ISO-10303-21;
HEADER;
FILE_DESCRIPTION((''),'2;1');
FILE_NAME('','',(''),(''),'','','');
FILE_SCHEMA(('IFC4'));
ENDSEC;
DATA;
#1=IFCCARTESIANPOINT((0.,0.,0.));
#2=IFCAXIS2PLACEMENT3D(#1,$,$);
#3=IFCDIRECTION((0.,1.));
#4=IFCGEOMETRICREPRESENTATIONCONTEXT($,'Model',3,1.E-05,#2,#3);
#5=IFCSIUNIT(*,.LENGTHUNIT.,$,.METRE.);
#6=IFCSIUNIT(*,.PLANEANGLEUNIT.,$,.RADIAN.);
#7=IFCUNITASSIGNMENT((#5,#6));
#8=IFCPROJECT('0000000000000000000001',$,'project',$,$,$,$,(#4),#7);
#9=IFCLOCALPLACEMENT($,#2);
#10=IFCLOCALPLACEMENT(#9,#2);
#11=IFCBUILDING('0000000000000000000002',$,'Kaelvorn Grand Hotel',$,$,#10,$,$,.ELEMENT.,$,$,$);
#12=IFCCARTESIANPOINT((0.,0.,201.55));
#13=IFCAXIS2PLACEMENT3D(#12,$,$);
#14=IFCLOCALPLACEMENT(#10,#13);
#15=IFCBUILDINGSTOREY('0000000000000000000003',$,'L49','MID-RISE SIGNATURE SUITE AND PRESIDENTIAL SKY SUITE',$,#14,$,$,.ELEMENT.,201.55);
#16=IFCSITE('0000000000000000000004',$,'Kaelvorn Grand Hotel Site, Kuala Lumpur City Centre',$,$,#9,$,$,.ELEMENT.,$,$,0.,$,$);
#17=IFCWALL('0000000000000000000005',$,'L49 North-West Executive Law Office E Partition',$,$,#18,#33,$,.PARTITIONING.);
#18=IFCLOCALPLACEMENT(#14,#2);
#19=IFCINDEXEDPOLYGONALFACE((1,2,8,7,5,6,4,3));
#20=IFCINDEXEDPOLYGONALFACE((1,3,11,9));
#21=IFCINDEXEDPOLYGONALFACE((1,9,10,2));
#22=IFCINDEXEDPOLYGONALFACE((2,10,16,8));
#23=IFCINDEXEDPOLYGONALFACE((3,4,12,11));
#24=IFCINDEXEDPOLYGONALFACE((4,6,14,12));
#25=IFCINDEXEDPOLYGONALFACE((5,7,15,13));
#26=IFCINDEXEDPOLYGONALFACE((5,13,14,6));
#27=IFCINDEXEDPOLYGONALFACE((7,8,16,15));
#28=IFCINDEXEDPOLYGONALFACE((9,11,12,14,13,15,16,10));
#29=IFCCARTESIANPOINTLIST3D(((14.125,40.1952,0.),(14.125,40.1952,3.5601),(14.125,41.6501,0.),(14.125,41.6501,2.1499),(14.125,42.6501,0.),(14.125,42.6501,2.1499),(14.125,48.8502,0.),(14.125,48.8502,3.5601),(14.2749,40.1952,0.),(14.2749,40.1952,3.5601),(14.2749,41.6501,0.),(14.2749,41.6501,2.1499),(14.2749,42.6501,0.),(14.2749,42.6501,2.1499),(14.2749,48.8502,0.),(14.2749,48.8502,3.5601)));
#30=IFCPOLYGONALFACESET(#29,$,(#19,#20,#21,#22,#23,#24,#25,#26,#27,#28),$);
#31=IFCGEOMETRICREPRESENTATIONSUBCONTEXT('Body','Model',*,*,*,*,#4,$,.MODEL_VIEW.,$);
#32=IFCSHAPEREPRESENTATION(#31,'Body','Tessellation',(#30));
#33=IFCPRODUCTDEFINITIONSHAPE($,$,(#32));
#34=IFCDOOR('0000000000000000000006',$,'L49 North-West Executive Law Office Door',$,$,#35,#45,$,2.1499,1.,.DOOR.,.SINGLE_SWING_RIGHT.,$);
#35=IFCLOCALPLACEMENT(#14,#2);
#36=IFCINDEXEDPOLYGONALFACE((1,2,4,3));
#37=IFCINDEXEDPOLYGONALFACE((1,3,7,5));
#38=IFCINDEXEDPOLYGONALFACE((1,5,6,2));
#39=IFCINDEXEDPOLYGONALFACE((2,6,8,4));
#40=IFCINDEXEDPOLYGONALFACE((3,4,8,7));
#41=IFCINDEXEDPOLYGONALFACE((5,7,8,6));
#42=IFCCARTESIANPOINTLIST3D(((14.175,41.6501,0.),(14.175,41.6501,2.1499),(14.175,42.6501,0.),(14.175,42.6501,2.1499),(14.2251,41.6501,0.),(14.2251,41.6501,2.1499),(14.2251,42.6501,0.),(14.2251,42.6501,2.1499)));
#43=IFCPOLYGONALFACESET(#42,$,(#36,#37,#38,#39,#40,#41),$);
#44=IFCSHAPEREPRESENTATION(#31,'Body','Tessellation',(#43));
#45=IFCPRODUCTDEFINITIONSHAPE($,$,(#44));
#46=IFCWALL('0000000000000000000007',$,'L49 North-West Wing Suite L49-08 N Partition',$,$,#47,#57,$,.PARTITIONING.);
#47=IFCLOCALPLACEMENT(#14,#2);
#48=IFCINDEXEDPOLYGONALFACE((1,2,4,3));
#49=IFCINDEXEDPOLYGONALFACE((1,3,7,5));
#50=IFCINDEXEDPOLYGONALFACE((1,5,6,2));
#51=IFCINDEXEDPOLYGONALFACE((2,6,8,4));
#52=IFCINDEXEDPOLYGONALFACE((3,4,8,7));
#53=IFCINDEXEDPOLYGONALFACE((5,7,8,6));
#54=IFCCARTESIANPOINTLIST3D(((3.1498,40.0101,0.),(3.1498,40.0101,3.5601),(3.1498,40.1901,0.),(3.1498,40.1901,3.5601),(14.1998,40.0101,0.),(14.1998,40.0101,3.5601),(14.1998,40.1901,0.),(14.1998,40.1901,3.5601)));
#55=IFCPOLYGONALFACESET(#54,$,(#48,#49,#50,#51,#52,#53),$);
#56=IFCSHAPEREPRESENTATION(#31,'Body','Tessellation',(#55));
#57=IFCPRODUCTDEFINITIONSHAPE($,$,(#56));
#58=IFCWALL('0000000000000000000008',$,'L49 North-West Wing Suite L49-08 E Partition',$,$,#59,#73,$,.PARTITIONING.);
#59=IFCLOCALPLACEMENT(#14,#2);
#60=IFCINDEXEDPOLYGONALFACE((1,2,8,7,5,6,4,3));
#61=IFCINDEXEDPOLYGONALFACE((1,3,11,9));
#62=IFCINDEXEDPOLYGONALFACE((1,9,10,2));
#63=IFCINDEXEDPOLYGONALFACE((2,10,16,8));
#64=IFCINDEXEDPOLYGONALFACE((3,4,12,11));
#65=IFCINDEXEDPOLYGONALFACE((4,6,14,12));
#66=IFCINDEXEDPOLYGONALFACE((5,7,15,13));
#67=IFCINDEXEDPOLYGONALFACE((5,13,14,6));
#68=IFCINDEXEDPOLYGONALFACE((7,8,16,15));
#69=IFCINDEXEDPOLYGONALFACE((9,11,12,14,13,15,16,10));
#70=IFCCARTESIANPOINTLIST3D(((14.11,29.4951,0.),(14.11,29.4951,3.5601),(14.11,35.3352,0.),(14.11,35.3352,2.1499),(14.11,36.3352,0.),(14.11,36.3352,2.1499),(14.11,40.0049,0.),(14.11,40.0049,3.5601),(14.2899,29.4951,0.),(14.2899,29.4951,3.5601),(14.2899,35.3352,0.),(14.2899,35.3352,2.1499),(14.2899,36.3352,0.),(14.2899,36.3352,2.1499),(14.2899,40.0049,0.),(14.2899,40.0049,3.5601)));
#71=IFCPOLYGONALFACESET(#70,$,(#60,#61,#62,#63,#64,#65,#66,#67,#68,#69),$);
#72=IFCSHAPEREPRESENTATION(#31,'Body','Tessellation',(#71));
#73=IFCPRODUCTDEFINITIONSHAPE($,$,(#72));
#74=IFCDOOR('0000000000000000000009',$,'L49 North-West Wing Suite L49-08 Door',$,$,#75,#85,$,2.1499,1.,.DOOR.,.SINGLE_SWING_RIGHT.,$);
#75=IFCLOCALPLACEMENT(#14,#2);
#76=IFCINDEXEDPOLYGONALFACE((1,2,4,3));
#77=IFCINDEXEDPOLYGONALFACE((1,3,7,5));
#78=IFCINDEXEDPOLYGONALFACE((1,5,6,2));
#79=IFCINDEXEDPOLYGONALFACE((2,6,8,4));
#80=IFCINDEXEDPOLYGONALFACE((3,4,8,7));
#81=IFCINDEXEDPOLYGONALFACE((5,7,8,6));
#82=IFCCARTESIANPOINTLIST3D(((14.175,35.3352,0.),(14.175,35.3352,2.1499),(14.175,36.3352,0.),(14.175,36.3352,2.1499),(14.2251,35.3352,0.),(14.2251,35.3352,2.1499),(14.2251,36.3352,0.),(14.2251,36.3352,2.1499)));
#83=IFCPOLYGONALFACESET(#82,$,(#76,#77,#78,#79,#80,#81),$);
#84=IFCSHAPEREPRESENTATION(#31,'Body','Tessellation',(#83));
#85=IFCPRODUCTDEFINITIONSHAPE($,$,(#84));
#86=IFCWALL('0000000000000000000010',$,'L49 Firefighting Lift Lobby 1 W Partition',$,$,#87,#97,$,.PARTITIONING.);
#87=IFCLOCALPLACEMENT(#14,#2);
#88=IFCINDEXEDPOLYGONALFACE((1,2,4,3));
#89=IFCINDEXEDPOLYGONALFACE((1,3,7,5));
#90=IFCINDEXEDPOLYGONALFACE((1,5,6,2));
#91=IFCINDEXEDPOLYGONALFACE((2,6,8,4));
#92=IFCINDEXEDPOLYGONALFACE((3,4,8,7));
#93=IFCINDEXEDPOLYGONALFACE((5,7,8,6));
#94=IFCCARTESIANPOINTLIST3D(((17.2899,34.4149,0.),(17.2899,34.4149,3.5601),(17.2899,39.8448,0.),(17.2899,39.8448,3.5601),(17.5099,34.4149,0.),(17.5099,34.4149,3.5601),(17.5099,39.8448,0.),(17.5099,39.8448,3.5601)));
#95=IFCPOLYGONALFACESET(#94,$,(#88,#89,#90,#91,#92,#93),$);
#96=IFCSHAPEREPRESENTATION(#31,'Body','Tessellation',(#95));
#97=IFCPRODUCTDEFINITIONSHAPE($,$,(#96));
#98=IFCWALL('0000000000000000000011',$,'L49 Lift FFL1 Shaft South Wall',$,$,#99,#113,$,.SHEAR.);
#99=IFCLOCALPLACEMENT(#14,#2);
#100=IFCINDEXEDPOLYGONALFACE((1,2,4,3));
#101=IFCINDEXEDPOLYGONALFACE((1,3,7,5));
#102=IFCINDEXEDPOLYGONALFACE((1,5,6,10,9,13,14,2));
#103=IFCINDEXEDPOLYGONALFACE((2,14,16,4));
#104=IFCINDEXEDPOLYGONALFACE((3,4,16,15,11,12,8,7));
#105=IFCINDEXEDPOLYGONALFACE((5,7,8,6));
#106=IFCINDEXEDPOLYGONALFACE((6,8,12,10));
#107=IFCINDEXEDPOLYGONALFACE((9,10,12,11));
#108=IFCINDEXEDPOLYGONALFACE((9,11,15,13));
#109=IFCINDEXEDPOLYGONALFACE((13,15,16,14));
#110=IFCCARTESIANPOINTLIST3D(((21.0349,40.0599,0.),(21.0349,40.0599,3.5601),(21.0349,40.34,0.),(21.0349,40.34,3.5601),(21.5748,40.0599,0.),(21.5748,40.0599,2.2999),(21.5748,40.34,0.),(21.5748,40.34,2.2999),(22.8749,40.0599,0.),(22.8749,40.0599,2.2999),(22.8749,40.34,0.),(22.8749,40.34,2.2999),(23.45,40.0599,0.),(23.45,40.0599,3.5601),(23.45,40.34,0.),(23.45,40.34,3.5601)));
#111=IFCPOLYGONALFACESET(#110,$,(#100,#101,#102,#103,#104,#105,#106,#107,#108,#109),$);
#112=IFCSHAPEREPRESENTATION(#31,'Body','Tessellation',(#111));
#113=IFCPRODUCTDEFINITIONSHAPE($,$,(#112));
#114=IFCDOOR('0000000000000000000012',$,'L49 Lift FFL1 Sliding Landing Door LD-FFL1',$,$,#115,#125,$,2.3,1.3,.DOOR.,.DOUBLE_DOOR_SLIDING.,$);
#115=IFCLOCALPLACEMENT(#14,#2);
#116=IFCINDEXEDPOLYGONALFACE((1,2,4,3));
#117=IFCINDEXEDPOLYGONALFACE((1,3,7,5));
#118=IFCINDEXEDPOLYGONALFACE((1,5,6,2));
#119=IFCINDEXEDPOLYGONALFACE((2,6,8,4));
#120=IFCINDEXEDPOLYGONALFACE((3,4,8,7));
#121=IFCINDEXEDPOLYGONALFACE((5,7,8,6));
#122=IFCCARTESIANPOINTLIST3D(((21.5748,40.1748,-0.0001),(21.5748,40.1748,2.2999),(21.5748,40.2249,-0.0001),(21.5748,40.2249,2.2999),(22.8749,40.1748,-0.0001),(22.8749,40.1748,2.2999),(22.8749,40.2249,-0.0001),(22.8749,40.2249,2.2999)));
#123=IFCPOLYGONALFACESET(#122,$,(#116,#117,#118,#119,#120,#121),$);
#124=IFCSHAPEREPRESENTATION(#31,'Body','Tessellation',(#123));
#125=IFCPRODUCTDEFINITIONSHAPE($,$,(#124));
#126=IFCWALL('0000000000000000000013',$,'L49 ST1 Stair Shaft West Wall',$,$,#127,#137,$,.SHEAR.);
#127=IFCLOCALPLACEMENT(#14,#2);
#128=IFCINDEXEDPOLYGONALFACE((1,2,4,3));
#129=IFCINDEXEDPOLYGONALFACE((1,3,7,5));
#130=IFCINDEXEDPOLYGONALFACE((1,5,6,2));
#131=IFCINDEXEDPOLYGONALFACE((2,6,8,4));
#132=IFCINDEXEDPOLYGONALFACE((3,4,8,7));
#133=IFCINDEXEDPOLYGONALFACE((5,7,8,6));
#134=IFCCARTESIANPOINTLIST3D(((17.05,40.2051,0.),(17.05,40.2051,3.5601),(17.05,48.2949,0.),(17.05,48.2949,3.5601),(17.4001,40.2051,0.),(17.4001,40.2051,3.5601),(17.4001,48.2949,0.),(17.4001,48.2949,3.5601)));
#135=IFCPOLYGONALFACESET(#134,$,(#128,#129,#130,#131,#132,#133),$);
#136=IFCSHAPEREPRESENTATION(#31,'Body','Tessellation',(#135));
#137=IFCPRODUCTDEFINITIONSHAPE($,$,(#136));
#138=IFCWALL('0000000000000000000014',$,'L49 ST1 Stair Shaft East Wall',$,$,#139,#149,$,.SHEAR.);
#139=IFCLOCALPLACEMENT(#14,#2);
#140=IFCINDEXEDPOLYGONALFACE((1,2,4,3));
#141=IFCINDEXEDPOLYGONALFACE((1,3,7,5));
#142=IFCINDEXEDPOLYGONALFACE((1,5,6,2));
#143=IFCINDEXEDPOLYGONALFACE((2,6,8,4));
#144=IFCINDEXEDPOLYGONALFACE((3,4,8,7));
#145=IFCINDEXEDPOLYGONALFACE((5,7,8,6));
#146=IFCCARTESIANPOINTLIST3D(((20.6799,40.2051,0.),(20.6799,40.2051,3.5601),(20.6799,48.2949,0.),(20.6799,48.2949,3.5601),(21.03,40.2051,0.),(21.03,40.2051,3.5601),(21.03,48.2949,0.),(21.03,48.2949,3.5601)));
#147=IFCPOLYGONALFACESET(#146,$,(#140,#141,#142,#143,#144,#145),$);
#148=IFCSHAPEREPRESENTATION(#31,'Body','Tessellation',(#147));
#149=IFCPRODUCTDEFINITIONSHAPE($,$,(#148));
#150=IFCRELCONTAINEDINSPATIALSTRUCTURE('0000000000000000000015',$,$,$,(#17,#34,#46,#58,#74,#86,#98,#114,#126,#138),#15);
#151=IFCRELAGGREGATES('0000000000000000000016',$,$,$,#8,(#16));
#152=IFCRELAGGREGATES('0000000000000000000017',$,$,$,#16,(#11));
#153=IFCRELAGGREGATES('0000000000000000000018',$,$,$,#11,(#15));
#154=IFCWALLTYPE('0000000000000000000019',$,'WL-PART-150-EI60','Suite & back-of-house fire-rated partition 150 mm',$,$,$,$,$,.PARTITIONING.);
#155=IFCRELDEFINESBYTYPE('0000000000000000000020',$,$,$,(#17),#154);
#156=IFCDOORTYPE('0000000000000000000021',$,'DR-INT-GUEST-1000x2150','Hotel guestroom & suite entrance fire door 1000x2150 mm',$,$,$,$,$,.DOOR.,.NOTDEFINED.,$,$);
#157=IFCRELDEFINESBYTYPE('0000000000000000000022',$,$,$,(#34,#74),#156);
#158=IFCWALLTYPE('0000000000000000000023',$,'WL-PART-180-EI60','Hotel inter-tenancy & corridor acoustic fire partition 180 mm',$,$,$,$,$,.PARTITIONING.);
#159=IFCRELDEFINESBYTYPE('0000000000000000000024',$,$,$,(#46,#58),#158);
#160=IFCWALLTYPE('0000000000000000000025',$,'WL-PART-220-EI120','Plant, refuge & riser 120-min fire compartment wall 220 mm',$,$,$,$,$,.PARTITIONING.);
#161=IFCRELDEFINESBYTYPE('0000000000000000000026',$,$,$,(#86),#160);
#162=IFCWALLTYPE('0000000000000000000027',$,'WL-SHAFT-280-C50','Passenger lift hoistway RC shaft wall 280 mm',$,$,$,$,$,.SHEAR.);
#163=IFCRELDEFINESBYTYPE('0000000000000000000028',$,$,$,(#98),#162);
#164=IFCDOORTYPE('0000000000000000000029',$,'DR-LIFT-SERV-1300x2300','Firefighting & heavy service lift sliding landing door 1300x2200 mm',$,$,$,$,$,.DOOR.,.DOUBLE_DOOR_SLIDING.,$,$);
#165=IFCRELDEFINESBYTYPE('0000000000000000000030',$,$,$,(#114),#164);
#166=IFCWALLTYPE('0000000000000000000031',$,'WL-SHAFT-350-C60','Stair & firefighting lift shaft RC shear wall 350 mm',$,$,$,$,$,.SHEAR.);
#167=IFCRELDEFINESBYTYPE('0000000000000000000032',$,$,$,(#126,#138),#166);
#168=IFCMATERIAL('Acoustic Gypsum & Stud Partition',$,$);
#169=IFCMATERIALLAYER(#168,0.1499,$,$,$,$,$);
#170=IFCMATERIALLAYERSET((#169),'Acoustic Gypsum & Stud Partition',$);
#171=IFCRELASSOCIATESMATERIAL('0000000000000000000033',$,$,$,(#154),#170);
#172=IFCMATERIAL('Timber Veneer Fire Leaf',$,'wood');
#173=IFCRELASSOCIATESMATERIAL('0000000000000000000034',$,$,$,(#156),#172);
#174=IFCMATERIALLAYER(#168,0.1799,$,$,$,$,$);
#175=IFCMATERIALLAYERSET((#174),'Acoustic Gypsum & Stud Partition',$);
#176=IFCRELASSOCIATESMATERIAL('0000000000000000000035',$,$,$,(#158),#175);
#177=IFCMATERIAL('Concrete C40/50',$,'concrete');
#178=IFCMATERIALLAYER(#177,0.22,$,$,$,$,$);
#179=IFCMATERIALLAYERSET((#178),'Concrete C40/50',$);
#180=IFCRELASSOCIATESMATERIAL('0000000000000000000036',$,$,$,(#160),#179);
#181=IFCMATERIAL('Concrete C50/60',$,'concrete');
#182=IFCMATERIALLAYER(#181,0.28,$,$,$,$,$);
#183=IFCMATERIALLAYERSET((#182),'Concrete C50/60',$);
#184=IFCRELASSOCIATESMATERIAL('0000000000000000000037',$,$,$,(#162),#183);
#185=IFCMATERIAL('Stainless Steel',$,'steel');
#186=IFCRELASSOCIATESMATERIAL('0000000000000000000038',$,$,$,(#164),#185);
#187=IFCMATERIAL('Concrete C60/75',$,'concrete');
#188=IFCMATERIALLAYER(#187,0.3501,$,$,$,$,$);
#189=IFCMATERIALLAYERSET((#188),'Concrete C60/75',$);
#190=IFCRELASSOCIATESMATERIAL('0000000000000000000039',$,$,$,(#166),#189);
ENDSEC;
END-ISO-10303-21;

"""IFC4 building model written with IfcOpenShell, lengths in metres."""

from ifc_helpers import new_model, si_unit, direction, frame, frame_2d, origin, place, context, subcontext, project, spatial, rectangle, extrude, material, layer, layer_set, type_object, element, fill, save


model = new_model("IFC4")

# Units and contexts
model_context = context("Model", 3, precision=1e-05, world=origin(), true_north=direction((0.0, 1.0)))
body_context = subcontext(model_context, "Body", "Model", "MODEL_VIEW")
ifc_project = project(units=[si_unit("LENGTHUNIT", "METRE"), si_unit("PLANEANGLEUNIT", "RADIAN")], contexts=[model_context])

# Site, building, storey
site_placement = place(None, origin())
site = spatial("IfcSite", under=ifc_project, at=site_placement, Name="Kaelvorn Grand Hotel Site, Kuala Lumpur City Centre", CompositionType="ELEMENT", RefElevation=0.0)
building_placement = place(site_placement, origin())
building = spatial("IfcBuilding", under=site, at=building_placement, Name="Kaelvorn Grand Hotel", CompositionType="ELEMENT")
storey_placement = place(building_placement, frame((0.0, 0.0, 201.55)))
storey = spatial("IfcBuildingStorey", under=building, at=storey_placement, Name="L49", Description="MID-RISE SIGNATURE SUITE AND PRESIDENTIAL SKY SUITE", CompositionType="ELEMENT", Elevation=201.55)

# Shared definitions
ifc_material_1 = material(Name="Concrete C60/75", Category="concrete")

# Shared definitions
ifc_material_2 = material(Name="Concrete C50/60", Category="concrete")

# Wall, opening, door
ifc_material_3 = material(Name="Acoustic Gypsum & Stud Partition")
ifc_layer_1 = layer(ifc_material_3, 0.1499)
ifc_layer_set_1 = layer_set([ifc_layer_1], Name="Acoustic Gypsum & Stud Partition")
wall_type_1 = type_object("IfcWallType", Name="WL-PART-150-EI60", Description="Suite & back-of-house fire-rated partition 150 mm", PredefinedType="PARTITIONING", material=ifc_layer_set_1)
wall_1_placement = place(storey_placement, frame((14.2, 40.1951, 0.0), z_axis=(0.0, 0.0, 1.0), x_axis=(0.0, 1.0, 0.0)))
wall_1 = element("IfcWall", 1, at=wall_1_placement, inside=storey, type_object=wall_type_1, Name="L49 North-West Executive Law Office E Partition", PredefinedType="PARTITIONING", context=body_context, shape_type="SweptSolid", body=[
    extrude(rectangle(XDim=8.655, YDim=0.1499, at=frame_2d((4.3276, 0.0))), origin(), (0.0, 0.0, 1.0), 3.5601),
])
opening_1_placement = place(wall_1_placement, frame((1.4551, 0.0, 0.0)))
opening_1 = element("IfcOpeningElement", 2, at=opening_1_placement, cuts=wall_1, PredefinedType="OPENING", context=body_context, shape_type="SweptSolid", body=[
    extrude(rectangle(XDim=1.0, YDim=2.1499, at=frame_2d((0.5, 1.075))), frame((0.0, 0.085, 0.0), z_axis=(0.0, -1.0, 0.0), x_axis=(1.0, 0.0, 0.0)), (0.0, 0.0, 1.0), 0.1699),
])
ifc_material_4 = material(Name="Timber Veneer Fire Leaf", Category="wood")
door_type_1 = type_object("IfcDoorType", Name="DR-INT-GUEST-1000x2150", Description="Hotel guestroom & suite entrance fire door 1000x2150 mm", OperationType="NOTDEFINED", PredefinedType="DOOR", material=ifc_material_4)
door_1_placement = place(opening_1_placement, origin())
door_1 = element("IfcDoor", 3, at=door_1_placement, inside=storey, type_object=door_type_1, Name="L49 North-West Executive Law Office Door", OperationType="SINGLE_SWING_RIGHT", OverallHeight=2.1499, OverallWidth=1.0, PredefinedType="DOOR", context=body_context, shape_type="SweptSolid", body=[
    extrude(rectangle(XDim=1.0, YDim=2.1499, at=frame_2d((0.5, 1.075))), frame((0.0, 0.0249, 0.0), z_axis=(0.0, -1.0, 0.0), x_axis=(1.0, 0.0, 0.0)), (0.0, 0.0, 1.0), 0.05),
])
fill(opening_1, door_1)

# Wall
ifc_layer_2 = layer(ifc_material_3, 0.1799)
ifc_layer_set_2 = layer_set([ifc_layer_2], Name="Acoustic Gypsum & Stud Partition")
wall_type_2 = type_object("IfcWallType", Name="WL-PART-180-EI60", Description="Hotel inter-tenancy & corridor acoustic fire partition 180 mm", PredefinedType="PARTITIONING", material=ifc_layer_set_2)
wall_2_placement = place(storey_placement, frame((3.1499, 40.1001, 0.0), z_axis=(0.0, 0.0, 1.0), x_axis=(1.0, 0.0, 0.0)))
element("IfcWall", 4, at=wall_2_placement, inside=storey, type_object=wall_type_2, Name="L49 North-West Wing Suite L49-08 N Partition", PredefinedType="PARTITIONING", context=body_context, shape_type="SweptSolid", body=[
    extrude(rectangle(XDim=11.05, YDim=0.1799, at=frame_2d((5.5249, 0.0))), origin(), (0.0, 0.0, 1.0), 3.5601),
])

# Wall, opening, door
wall_3_placement = place(storey_placement, frame((14.2, 29.4951, 0.0), z_axis=(0.0, 0.0, 1.0), x_axis=(0.0, 1.0, 0.0)))
wall_3 = element("IfcWall", 5, at=wall_3_placement, inside=storey, type_object=wall_type_2, Name="L49 North-West Wing Suite L49-08 E Partition", PredefinedType="PARTITIONING", context=body_context, shape_type="SweptSolid", body=[
    extrude(rectangle(XDim=10.5098, YDim=0.1799, at=frame_2d((5.2549, 0.0))), origin(), (0.0, 0.0, 1.0), 3.5601),
])
opening_2_placement = place(wall_3_placement, frame((5.8401, 0.0, 0.0)))
opening_2 = element("IfcOpeningElement", 6, at=opening_2_placement, cuts=wall_3, PredefinedType="OPENING", context=body_context, shape_type="SweptSolid", body=[
    extrude(rectangle(XDim=1.0, YDim=2.1499, at=frame_2d((0.5, 1.075))), frame((0.0, 0.1001, 0.0), z_axis=(0.0, -1.0, 0.0), x_axis=(1.0, 0.0, 0.0)), (0.0, 0.0, 1.0), 0.2),
])
door_2_placement = place(opening_2_placement, origin())
door_2 = element("IfcDoor", 7, at=door_2_placement, inside=storey, type_object=door_type_1, Name="L49 North-West Wing Suite L49-08 Door", OperationType="SINGLE_SWING_RIGHT", OverallHeight=2.1499, OverallWidth=1.0, PredefinedType="DOOR", context=body_context, shape_type="SweptSolid", body=[
    extrude(rectangle(XDim=1.0, YDim=2.1499, at=frame_2d((0.5, 1.075))), frame((0.0, 0.0249, 0.0), z_axis=(0.0, -1.0, 0.0), x_axis=(1.0, 0.0, 0.0)), (0.0, 0.0, 1.0), 0.05),
])
fill(opening_2, door_2)
ifc_material_5 = material(Name="Concrete C40/50", Category="concrete")
ifc_layer_3 = layer(ifc_material_5, 0.22)
ifc_layer_set_3 = layer_set([ifc_layer_3], Name="Concrete C40/50")
wall_type_3 = type_object("IfcWallType", Name="WL-PART-220-EI120", Description="Plant, refuge & riser 120-min fire compartment wall 220 mm", PredefinedType="PARTITIONING", material=ifc_layer_set_3)

# Wall
wall_4_placement = place(storey_placement, frame((17.3999, 34.415, 0.0), z_axis=(0.0, 0.0, 1.0), x_axis=(0.0, 1.0, 0.0)))
element("IfcWall", 8, at=wall_4_placement, inside=storey, type_object=wall_type_3, Name="L49 Firefighting Lift Lobby 1 W Partition", PredefinedType="PARTITIONING", context=body_context, shape_type="SweptSolid", body=[
    extrude(rectangle(XDim=5.4299, YDim=0.22, at=frame_2d((2.7148, 0.0))), origin(), (0.0, 0.0, 1.0), 3.5601),
])

# Wall, opening, door
ifc_layer_4 = layer(ifc_material_2, 0.28)
ifc_layer_set_4 = layer_set([ifc_layer_4], Name="Concrete C50/60")
wall_type_4 = type_object("IfcWallType", Name="WL-SHAFT-280-C50", Description="Passenger lift hoistway RC shaft wall 280 mm", PredefinedType="SHEAR", material=ifc_layer_set_4)
wall_5_placement = place(storey_placement, frame((21.0349, 40.2, 0.0), z_axis=(0.0, 0.0, 1.0), x_axis=(1.0, 0.0, 0.0)))
wall_5 = element("IfcWall", 9, at=wall_5_placement, inside=storey, type_object=wall_type_4, Name="L49 Lift FFL1 Shaft South Wall", PredefinedType="SHEAR", context=body_context, shape_type="SweptSolid", body=[
    extrude(rectangle(XDim=2.415, YDim=0.28, at=frame_2d((1.2075, 0.0))), origin(), (0.0, 0.0, 1.0), 3.5601),
])
opening_3_placement = place(wall_5_placement, frame((0.54, 0.0, 0.0)))
opening_3 = element("IfcOpeningElement", 10, at=opening_3_placement, cuts=wall_5, PredefinedType="OPENING", context=body_context, shape_type="SweptSolid", body=[
    extrude(rectangle(XDim=1.3, YDim=2.3, at=frame_2d((0.6499, 1.1499))), frame((0.0, 0.1499, 0.0), z_axis=(0.0, -1.0, 0.0), x_axis=(1.0, 0.0, 0.0)), (0.0, 0.0, 1.0), 0.3),
])
ifc_material_6 = material(Name="Stainless Steel", Category="steel")
door_type_2 = type_object("IfcDoorType", Name="DR-LIFT-SERV-1300x2300", Description="Firefighting & heavy service lift sliding landing door 1300x2200 mm", OperationType="DOUBLE_DOOR_SLIDING", PredefinedType="DOOR", material=ifc_material_6)
door_3_placement = place(opening_3_placement, origin())
door_3 = element("IfcDoor", 11, at=door_3_placement, inside=storey, type_object=door_type_2, Name="L49 Lift FFL1 Sliding Landing Door LD-FFL1", OperationType="DOUBLE_DOOR_SLIDING", OverallHeight=2.3, OverallWidth=1.3, PredefinedType="DOOR", context=body_context, shape_type="SweptSolid", body=[
    extrude(rectangle(XDim=1.3, YDim=2.3, at=frame_2d((0.6499, 1.1499))), frame((0.0, 0.0249, 0.0), z_axis=(0.0, -1.0, 0.0), x_axis=(1.0, 0.0, 0.0)), (0.0, 0.0, 1.0), 0.05),
])
fill(opening_3, door_3)
ifc_layer_5 = layer(ifc_material_1, 0.3501)
ifc_layer_set_5 = layer_set([ifc_layer_5], Name="Concrete C60/75")
wall_type_5 = type_object("IfcWallType", Name="WL-SHAFT-350-C60", Description="Stair & firefighting lift shaft RC shear wall 350 mm", PredefinedType="SHEAR", material=ifc_layer_set_5)

# Walls
for number, where, z_axis, x_axis, name in (
    (12, (17.2251, 40.2051, 0.0), (0.0, 0.0, 1.0), (0.0, 1.0, 0.0), "L49 ST1 Stair Shaft West Wall"),
    (13, (20.855, 40.2051, 0.0), (0.0, 0.0, 1.0), (0.0, 1.0, 0.0), "L49 ST1 Stair Shaft East Wall"),
):
    element("IfcWall", number, at=place(storey_placement, frame(where, z_axis=z_axis, x_axis=x_axis)), inside=storey, type_object=wall_type_5, Name=name, PredefinedType="SHEAR", context=body_context, shape_type="SweptSolid", body=[
        extrude(rectangle(XDim=8.0898, YDim=0.3501, at=frame_2d((4.0449, 0.0))), origin(), (0.0, 0.0, 1.0), 3.5601),
    ])

save(model, "model.ifc")
